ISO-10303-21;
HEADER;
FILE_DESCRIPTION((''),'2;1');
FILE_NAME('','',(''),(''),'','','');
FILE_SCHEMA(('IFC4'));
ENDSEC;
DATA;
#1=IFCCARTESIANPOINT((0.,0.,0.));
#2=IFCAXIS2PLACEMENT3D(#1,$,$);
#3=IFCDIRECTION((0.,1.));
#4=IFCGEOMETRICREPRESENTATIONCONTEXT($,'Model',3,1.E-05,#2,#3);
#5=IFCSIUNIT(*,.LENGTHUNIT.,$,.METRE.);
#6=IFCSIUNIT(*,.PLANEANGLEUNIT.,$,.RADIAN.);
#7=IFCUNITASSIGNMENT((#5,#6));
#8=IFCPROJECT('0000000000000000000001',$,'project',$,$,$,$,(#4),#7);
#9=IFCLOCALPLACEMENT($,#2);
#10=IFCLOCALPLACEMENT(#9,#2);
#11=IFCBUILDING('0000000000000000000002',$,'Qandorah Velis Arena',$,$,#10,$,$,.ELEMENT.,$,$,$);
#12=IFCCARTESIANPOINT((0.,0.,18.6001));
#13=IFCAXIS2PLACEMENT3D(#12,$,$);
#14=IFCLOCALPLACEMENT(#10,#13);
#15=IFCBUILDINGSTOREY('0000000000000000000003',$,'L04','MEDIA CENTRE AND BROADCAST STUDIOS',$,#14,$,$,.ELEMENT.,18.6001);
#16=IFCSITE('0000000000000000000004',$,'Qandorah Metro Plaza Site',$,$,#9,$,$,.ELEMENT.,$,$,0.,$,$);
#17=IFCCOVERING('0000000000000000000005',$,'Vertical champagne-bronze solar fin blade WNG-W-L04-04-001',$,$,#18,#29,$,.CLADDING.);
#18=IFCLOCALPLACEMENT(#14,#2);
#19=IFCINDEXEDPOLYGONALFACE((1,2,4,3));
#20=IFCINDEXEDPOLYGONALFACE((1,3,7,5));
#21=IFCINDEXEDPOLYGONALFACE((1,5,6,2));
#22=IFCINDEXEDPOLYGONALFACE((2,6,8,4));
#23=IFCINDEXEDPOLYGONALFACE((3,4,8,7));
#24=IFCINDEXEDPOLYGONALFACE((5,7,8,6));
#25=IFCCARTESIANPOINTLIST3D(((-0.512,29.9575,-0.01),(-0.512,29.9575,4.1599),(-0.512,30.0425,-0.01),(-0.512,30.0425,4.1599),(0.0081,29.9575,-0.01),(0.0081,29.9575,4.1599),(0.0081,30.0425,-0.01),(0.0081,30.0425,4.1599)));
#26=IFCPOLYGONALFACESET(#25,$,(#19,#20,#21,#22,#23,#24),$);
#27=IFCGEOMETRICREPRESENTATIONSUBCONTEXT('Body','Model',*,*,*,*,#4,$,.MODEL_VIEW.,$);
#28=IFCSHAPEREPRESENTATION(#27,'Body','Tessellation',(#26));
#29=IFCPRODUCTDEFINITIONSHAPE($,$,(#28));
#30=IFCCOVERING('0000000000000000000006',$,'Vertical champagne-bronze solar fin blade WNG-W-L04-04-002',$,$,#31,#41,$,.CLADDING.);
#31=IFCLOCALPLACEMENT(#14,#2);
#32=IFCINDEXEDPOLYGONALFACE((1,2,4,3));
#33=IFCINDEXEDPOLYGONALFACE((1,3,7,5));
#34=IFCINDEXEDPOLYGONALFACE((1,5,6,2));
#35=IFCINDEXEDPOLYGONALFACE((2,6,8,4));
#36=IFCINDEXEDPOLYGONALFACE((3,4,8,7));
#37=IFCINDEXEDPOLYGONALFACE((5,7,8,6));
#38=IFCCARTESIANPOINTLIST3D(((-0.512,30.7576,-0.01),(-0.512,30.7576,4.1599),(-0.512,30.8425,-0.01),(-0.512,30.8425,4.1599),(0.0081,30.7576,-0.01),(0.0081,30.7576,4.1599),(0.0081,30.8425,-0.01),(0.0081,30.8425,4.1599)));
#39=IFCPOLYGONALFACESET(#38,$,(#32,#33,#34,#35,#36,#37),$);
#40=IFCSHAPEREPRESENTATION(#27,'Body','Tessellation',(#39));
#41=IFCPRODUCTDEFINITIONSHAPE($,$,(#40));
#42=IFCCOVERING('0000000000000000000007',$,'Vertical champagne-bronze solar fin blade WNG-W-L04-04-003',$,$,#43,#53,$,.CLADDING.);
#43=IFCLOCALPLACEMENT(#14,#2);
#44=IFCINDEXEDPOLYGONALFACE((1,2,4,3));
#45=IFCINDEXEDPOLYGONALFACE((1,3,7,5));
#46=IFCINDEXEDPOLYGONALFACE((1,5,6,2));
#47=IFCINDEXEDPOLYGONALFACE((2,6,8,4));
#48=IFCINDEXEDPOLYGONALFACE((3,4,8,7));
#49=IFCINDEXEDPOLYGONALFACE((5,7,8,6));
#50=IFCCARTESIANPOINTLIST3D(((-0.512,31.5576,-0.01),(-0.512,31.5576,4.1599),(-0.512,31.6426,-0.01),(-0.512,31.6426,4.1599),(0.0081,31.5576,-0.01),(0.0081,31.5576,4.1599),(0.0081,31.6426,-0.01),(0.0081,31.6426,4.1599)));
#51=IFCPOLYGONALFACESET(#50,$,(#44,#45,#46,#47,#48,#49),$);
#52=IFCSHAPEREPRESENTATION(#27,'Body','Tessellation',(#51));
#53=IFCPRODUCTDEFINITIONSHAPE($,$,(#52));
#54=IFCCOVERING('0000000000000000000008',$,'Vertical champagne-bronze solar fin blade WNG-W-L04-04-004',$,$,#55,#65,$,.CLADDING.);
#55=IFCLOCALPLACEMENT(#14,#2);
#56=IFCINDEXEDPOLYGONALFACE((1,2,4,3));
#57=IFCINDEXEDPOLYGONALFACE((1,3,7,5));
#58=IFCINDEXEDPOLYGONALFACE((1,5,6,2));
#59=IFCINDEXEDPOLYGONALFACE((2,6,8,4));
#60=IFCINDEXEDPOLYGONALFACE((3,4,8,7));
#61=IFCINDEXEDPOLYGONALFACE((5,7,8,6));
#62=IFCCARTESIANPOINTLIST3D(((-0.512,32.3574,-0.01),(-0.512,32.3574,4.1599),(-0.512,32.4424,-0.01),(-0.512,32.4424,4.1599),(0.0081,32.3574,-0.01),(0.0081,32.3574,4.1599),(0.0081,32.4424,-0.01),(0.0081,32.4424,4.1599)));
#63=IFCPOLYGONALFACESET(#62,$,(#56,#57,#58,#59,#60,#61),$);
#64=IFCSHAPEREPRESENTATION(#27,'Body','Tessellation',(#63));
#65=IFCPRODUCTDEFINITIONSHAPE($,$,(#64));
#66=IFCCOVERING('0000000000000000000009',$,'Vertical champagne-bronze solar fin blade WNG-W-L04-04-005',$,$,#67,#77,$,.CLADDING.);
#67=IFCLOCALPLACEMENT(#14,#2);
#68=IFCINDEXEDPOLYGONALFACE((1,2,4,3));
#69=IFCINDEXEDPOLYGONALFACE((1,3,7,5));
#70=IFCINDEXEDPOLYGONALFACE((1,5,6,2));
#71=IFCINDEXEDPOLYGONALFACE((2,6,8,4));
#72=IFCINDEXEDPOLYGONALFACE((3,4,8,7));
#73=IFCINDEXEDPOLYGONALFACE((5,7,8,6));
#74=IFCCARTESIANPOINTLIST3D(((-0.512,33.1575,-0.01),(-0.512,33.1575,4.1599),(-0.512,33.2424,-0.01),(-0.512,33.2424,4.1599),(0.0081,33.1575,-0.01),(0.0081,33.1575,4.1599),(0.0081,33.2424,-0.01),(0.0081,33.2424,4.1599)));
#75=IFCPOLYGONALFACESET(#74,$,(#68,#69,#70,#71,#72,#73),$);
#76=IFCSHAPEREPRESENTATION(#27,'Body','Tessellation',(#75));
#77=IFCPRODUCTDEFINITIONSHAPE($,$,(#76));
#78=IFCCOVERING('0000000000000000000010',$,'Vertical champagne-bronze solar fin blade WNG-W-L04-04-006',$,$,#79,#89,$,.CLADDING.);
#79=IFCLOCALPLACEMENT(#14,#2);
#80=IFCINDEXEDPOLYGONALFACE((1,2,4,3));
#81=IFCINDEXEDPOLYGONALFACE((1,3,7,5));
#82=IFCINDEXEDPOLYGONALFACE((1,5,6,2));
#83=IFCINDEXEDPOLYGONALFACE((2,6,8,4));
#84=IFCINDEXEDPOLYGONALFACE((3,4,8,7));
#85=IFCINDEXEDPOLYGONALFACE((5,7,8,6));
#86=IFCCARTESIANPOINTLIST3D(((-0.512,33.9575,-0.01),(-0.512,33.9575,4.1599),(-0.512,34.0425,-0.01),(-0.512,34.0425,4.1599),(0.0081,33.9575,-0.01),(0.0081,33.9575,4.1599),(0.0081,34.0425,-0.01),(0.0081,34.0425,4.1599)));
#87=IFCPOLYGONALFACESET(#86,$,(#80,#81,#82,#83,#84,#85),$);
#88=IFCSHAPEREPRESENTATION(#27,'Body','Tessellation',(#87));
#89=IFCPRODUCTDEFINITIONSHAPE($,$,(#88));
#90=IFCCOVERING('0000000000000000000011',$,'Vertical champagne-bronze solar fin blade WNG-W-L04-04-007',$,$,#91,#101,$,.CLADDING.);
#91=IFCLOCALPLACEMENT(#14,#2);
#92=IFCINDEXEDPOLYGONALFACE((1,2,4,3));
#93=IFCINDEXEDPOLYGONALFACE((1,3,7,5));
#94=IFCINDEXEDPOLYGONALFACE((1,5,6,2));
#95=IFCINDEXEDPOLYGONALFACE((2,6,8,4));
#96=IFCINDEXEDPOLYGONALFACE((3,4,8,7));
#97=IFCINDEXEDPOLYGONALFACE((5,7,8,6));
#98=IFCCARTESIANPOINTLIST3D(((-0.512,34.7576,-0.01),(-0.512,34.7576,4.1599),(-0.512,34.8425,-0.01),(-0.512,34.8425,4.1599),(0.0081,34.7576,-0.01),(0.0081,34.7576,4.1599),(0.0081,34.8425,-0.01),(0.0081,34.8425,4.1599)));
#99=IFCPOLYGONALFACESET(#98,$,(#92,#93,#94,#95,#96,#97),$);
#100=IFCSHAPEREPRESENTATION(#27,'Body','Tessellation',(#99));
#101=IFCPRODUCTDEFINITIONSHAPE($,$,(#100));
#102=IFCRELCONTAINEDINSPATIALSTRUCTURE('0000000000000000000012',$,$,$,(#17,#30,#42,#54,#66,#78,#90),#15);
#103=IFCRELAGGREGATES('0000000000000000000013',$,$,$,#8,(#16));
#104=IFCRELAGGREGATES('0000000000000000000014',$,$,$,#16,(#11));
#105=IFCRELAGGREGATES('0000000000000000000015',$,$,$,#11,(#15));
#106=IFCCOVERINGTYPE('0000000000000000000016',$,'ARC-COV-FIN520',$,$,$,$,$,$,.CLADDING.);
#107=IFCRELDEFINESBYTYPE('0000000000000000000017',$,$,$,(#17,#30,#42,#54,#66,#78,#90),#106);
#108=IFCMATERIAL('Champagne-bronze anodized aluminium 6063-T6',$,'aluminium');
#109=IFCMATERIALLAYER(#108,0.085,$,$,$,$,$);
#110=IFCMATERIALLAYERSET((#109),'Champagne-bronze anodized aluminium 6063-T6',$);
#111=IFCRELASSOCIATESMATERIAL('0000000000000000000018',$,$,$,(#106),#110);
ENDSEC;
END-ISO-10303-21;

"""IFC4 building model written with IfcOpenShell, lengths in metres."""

from ifc_helpers import new_model, si_unit, direction, frame, origin, origin_2d, place, context, subcontext, project, spatial, rectangle, extrude, material, layer, layer_set, type_object, element, save


model = new_model("IFC4")

# Units and contexts
model_context = context("Model", 3, precision=1e-05, world=origin(), true_north=direction((0.0, 1.0)))
body_context = subcontext(model_context, "Body", "Model", "MODEL_VIEW")
ifc_project = project(units=[si_unit("LENGTHUNIT", "METRE"), si_unit("PLANEANGLEUNIT", "RADIAN")], contexts=[model_context])

# Site, building, storey
site_placement = place(None, origin())
site = spatial("IfcSite", under=ifc_project, at=site_placement, Name="Qandorah Metro Plaza Site", CompositionType="ELEMENT", RefElevation=0.0)
building_placement = place(site_placement, origin())
building = spatial("IfcBuilding", under=site, at=building_placement, Name="Qandorah Velis Arena", CompositionType="ELEMENT")
storey_placement = place(building_placement, frame((0.0, 0.0, 18.6001)))
storey = spatial("IfcBuildingStorey", under=building, at=storey_placement, Name="L04", Description="MEDIA CENTRE AND BROADCAST STUDIOS", CompositionType="ELEMENT", Elevation=18.6001)

# Shared definitions
ifc_material_1 = material(Name="Champagne-bronze anodized aluminium 6063-T6", Category="aluminium")

# Coverings
ifc_layer_1 = layer(ifc_material_1, 0.085)
ifc_layer_set_1 = layer_set([ifc_layer_1], Name="Champagne-bronze anodized aluminium 6063-T6")
covering_type = type_object("IfcCoveringType", Name="ARC-COV-FIN520", PredefinedType="CLADDING", material=ifc_layer_set_1)
for number, where, z_axis, x_axis, name in (
    (1, (-0.252, 30.0, -0.01), (0.0, 0.0, 1.0), (1.0, 0.0, 0.0), "Vertical champagne-bronze solar fin blade WNG-W-L04-04-001"),
    (2, (-0.252, 30.8, -0.01), (0.0, 0.0, 1.0), (1.0, 0.0, 0.0), "Vertical champagne-bronze solar fin blade WNG-W-L04-04-002"),
    (3, (-0.252, 31.6001, -0.01), (0.0, 0.0, 1.0), (1.0, 0.0, 0.0), "Vertical champagne-bronze solar fin blade WNG-W-L04-04-003"),
    (4, (-0.252, 32.3999, -0.01), (0.0, 0.0, 1.0), (1.0, 0.0, 0.0), "Vertical champagne-bronze solar fin blade WNG-W-L04-04-004"),
    (5, (-0.252, 33.2, -0.01), (0.0, 0.0, 1.0), (1.0, 0.0, 0.0), "Vertical champagne-bronze solar fin blade WNG-W-L04-04-005"),
    (6, (-0.252, 34.0, -0.01), (0.0, 0.0, 1.0), (1.0, 0.0, 0.0), "Vertical champagne-bronze solar fin blade WNG-W-L04-04-006"),
    (7, (-0.252, 34.8, -0.01), (0.0, 0.0, 1.0), (1.0, 0.0, 0.0), "Vertical champagne-bronze solar fin blade WNG-W-L04-04-007"),
):
    element("IfcCovering", number, at=place(storey_placement, frame(where, z_axis=z_axis, x_axis=x_axis)), inside=storey, type_object=covering_type, Name=name, PredefinedType="CLADDING", context=body_context, shape_type="SweptSolid", body=[
        extrude(rectangle(XDim=0.52, YDim=0.085, at=origin_2d()), origin(), (0.0, 0.0, 1.0), 4.1699),
    ])

save(model, "model.ifc")
